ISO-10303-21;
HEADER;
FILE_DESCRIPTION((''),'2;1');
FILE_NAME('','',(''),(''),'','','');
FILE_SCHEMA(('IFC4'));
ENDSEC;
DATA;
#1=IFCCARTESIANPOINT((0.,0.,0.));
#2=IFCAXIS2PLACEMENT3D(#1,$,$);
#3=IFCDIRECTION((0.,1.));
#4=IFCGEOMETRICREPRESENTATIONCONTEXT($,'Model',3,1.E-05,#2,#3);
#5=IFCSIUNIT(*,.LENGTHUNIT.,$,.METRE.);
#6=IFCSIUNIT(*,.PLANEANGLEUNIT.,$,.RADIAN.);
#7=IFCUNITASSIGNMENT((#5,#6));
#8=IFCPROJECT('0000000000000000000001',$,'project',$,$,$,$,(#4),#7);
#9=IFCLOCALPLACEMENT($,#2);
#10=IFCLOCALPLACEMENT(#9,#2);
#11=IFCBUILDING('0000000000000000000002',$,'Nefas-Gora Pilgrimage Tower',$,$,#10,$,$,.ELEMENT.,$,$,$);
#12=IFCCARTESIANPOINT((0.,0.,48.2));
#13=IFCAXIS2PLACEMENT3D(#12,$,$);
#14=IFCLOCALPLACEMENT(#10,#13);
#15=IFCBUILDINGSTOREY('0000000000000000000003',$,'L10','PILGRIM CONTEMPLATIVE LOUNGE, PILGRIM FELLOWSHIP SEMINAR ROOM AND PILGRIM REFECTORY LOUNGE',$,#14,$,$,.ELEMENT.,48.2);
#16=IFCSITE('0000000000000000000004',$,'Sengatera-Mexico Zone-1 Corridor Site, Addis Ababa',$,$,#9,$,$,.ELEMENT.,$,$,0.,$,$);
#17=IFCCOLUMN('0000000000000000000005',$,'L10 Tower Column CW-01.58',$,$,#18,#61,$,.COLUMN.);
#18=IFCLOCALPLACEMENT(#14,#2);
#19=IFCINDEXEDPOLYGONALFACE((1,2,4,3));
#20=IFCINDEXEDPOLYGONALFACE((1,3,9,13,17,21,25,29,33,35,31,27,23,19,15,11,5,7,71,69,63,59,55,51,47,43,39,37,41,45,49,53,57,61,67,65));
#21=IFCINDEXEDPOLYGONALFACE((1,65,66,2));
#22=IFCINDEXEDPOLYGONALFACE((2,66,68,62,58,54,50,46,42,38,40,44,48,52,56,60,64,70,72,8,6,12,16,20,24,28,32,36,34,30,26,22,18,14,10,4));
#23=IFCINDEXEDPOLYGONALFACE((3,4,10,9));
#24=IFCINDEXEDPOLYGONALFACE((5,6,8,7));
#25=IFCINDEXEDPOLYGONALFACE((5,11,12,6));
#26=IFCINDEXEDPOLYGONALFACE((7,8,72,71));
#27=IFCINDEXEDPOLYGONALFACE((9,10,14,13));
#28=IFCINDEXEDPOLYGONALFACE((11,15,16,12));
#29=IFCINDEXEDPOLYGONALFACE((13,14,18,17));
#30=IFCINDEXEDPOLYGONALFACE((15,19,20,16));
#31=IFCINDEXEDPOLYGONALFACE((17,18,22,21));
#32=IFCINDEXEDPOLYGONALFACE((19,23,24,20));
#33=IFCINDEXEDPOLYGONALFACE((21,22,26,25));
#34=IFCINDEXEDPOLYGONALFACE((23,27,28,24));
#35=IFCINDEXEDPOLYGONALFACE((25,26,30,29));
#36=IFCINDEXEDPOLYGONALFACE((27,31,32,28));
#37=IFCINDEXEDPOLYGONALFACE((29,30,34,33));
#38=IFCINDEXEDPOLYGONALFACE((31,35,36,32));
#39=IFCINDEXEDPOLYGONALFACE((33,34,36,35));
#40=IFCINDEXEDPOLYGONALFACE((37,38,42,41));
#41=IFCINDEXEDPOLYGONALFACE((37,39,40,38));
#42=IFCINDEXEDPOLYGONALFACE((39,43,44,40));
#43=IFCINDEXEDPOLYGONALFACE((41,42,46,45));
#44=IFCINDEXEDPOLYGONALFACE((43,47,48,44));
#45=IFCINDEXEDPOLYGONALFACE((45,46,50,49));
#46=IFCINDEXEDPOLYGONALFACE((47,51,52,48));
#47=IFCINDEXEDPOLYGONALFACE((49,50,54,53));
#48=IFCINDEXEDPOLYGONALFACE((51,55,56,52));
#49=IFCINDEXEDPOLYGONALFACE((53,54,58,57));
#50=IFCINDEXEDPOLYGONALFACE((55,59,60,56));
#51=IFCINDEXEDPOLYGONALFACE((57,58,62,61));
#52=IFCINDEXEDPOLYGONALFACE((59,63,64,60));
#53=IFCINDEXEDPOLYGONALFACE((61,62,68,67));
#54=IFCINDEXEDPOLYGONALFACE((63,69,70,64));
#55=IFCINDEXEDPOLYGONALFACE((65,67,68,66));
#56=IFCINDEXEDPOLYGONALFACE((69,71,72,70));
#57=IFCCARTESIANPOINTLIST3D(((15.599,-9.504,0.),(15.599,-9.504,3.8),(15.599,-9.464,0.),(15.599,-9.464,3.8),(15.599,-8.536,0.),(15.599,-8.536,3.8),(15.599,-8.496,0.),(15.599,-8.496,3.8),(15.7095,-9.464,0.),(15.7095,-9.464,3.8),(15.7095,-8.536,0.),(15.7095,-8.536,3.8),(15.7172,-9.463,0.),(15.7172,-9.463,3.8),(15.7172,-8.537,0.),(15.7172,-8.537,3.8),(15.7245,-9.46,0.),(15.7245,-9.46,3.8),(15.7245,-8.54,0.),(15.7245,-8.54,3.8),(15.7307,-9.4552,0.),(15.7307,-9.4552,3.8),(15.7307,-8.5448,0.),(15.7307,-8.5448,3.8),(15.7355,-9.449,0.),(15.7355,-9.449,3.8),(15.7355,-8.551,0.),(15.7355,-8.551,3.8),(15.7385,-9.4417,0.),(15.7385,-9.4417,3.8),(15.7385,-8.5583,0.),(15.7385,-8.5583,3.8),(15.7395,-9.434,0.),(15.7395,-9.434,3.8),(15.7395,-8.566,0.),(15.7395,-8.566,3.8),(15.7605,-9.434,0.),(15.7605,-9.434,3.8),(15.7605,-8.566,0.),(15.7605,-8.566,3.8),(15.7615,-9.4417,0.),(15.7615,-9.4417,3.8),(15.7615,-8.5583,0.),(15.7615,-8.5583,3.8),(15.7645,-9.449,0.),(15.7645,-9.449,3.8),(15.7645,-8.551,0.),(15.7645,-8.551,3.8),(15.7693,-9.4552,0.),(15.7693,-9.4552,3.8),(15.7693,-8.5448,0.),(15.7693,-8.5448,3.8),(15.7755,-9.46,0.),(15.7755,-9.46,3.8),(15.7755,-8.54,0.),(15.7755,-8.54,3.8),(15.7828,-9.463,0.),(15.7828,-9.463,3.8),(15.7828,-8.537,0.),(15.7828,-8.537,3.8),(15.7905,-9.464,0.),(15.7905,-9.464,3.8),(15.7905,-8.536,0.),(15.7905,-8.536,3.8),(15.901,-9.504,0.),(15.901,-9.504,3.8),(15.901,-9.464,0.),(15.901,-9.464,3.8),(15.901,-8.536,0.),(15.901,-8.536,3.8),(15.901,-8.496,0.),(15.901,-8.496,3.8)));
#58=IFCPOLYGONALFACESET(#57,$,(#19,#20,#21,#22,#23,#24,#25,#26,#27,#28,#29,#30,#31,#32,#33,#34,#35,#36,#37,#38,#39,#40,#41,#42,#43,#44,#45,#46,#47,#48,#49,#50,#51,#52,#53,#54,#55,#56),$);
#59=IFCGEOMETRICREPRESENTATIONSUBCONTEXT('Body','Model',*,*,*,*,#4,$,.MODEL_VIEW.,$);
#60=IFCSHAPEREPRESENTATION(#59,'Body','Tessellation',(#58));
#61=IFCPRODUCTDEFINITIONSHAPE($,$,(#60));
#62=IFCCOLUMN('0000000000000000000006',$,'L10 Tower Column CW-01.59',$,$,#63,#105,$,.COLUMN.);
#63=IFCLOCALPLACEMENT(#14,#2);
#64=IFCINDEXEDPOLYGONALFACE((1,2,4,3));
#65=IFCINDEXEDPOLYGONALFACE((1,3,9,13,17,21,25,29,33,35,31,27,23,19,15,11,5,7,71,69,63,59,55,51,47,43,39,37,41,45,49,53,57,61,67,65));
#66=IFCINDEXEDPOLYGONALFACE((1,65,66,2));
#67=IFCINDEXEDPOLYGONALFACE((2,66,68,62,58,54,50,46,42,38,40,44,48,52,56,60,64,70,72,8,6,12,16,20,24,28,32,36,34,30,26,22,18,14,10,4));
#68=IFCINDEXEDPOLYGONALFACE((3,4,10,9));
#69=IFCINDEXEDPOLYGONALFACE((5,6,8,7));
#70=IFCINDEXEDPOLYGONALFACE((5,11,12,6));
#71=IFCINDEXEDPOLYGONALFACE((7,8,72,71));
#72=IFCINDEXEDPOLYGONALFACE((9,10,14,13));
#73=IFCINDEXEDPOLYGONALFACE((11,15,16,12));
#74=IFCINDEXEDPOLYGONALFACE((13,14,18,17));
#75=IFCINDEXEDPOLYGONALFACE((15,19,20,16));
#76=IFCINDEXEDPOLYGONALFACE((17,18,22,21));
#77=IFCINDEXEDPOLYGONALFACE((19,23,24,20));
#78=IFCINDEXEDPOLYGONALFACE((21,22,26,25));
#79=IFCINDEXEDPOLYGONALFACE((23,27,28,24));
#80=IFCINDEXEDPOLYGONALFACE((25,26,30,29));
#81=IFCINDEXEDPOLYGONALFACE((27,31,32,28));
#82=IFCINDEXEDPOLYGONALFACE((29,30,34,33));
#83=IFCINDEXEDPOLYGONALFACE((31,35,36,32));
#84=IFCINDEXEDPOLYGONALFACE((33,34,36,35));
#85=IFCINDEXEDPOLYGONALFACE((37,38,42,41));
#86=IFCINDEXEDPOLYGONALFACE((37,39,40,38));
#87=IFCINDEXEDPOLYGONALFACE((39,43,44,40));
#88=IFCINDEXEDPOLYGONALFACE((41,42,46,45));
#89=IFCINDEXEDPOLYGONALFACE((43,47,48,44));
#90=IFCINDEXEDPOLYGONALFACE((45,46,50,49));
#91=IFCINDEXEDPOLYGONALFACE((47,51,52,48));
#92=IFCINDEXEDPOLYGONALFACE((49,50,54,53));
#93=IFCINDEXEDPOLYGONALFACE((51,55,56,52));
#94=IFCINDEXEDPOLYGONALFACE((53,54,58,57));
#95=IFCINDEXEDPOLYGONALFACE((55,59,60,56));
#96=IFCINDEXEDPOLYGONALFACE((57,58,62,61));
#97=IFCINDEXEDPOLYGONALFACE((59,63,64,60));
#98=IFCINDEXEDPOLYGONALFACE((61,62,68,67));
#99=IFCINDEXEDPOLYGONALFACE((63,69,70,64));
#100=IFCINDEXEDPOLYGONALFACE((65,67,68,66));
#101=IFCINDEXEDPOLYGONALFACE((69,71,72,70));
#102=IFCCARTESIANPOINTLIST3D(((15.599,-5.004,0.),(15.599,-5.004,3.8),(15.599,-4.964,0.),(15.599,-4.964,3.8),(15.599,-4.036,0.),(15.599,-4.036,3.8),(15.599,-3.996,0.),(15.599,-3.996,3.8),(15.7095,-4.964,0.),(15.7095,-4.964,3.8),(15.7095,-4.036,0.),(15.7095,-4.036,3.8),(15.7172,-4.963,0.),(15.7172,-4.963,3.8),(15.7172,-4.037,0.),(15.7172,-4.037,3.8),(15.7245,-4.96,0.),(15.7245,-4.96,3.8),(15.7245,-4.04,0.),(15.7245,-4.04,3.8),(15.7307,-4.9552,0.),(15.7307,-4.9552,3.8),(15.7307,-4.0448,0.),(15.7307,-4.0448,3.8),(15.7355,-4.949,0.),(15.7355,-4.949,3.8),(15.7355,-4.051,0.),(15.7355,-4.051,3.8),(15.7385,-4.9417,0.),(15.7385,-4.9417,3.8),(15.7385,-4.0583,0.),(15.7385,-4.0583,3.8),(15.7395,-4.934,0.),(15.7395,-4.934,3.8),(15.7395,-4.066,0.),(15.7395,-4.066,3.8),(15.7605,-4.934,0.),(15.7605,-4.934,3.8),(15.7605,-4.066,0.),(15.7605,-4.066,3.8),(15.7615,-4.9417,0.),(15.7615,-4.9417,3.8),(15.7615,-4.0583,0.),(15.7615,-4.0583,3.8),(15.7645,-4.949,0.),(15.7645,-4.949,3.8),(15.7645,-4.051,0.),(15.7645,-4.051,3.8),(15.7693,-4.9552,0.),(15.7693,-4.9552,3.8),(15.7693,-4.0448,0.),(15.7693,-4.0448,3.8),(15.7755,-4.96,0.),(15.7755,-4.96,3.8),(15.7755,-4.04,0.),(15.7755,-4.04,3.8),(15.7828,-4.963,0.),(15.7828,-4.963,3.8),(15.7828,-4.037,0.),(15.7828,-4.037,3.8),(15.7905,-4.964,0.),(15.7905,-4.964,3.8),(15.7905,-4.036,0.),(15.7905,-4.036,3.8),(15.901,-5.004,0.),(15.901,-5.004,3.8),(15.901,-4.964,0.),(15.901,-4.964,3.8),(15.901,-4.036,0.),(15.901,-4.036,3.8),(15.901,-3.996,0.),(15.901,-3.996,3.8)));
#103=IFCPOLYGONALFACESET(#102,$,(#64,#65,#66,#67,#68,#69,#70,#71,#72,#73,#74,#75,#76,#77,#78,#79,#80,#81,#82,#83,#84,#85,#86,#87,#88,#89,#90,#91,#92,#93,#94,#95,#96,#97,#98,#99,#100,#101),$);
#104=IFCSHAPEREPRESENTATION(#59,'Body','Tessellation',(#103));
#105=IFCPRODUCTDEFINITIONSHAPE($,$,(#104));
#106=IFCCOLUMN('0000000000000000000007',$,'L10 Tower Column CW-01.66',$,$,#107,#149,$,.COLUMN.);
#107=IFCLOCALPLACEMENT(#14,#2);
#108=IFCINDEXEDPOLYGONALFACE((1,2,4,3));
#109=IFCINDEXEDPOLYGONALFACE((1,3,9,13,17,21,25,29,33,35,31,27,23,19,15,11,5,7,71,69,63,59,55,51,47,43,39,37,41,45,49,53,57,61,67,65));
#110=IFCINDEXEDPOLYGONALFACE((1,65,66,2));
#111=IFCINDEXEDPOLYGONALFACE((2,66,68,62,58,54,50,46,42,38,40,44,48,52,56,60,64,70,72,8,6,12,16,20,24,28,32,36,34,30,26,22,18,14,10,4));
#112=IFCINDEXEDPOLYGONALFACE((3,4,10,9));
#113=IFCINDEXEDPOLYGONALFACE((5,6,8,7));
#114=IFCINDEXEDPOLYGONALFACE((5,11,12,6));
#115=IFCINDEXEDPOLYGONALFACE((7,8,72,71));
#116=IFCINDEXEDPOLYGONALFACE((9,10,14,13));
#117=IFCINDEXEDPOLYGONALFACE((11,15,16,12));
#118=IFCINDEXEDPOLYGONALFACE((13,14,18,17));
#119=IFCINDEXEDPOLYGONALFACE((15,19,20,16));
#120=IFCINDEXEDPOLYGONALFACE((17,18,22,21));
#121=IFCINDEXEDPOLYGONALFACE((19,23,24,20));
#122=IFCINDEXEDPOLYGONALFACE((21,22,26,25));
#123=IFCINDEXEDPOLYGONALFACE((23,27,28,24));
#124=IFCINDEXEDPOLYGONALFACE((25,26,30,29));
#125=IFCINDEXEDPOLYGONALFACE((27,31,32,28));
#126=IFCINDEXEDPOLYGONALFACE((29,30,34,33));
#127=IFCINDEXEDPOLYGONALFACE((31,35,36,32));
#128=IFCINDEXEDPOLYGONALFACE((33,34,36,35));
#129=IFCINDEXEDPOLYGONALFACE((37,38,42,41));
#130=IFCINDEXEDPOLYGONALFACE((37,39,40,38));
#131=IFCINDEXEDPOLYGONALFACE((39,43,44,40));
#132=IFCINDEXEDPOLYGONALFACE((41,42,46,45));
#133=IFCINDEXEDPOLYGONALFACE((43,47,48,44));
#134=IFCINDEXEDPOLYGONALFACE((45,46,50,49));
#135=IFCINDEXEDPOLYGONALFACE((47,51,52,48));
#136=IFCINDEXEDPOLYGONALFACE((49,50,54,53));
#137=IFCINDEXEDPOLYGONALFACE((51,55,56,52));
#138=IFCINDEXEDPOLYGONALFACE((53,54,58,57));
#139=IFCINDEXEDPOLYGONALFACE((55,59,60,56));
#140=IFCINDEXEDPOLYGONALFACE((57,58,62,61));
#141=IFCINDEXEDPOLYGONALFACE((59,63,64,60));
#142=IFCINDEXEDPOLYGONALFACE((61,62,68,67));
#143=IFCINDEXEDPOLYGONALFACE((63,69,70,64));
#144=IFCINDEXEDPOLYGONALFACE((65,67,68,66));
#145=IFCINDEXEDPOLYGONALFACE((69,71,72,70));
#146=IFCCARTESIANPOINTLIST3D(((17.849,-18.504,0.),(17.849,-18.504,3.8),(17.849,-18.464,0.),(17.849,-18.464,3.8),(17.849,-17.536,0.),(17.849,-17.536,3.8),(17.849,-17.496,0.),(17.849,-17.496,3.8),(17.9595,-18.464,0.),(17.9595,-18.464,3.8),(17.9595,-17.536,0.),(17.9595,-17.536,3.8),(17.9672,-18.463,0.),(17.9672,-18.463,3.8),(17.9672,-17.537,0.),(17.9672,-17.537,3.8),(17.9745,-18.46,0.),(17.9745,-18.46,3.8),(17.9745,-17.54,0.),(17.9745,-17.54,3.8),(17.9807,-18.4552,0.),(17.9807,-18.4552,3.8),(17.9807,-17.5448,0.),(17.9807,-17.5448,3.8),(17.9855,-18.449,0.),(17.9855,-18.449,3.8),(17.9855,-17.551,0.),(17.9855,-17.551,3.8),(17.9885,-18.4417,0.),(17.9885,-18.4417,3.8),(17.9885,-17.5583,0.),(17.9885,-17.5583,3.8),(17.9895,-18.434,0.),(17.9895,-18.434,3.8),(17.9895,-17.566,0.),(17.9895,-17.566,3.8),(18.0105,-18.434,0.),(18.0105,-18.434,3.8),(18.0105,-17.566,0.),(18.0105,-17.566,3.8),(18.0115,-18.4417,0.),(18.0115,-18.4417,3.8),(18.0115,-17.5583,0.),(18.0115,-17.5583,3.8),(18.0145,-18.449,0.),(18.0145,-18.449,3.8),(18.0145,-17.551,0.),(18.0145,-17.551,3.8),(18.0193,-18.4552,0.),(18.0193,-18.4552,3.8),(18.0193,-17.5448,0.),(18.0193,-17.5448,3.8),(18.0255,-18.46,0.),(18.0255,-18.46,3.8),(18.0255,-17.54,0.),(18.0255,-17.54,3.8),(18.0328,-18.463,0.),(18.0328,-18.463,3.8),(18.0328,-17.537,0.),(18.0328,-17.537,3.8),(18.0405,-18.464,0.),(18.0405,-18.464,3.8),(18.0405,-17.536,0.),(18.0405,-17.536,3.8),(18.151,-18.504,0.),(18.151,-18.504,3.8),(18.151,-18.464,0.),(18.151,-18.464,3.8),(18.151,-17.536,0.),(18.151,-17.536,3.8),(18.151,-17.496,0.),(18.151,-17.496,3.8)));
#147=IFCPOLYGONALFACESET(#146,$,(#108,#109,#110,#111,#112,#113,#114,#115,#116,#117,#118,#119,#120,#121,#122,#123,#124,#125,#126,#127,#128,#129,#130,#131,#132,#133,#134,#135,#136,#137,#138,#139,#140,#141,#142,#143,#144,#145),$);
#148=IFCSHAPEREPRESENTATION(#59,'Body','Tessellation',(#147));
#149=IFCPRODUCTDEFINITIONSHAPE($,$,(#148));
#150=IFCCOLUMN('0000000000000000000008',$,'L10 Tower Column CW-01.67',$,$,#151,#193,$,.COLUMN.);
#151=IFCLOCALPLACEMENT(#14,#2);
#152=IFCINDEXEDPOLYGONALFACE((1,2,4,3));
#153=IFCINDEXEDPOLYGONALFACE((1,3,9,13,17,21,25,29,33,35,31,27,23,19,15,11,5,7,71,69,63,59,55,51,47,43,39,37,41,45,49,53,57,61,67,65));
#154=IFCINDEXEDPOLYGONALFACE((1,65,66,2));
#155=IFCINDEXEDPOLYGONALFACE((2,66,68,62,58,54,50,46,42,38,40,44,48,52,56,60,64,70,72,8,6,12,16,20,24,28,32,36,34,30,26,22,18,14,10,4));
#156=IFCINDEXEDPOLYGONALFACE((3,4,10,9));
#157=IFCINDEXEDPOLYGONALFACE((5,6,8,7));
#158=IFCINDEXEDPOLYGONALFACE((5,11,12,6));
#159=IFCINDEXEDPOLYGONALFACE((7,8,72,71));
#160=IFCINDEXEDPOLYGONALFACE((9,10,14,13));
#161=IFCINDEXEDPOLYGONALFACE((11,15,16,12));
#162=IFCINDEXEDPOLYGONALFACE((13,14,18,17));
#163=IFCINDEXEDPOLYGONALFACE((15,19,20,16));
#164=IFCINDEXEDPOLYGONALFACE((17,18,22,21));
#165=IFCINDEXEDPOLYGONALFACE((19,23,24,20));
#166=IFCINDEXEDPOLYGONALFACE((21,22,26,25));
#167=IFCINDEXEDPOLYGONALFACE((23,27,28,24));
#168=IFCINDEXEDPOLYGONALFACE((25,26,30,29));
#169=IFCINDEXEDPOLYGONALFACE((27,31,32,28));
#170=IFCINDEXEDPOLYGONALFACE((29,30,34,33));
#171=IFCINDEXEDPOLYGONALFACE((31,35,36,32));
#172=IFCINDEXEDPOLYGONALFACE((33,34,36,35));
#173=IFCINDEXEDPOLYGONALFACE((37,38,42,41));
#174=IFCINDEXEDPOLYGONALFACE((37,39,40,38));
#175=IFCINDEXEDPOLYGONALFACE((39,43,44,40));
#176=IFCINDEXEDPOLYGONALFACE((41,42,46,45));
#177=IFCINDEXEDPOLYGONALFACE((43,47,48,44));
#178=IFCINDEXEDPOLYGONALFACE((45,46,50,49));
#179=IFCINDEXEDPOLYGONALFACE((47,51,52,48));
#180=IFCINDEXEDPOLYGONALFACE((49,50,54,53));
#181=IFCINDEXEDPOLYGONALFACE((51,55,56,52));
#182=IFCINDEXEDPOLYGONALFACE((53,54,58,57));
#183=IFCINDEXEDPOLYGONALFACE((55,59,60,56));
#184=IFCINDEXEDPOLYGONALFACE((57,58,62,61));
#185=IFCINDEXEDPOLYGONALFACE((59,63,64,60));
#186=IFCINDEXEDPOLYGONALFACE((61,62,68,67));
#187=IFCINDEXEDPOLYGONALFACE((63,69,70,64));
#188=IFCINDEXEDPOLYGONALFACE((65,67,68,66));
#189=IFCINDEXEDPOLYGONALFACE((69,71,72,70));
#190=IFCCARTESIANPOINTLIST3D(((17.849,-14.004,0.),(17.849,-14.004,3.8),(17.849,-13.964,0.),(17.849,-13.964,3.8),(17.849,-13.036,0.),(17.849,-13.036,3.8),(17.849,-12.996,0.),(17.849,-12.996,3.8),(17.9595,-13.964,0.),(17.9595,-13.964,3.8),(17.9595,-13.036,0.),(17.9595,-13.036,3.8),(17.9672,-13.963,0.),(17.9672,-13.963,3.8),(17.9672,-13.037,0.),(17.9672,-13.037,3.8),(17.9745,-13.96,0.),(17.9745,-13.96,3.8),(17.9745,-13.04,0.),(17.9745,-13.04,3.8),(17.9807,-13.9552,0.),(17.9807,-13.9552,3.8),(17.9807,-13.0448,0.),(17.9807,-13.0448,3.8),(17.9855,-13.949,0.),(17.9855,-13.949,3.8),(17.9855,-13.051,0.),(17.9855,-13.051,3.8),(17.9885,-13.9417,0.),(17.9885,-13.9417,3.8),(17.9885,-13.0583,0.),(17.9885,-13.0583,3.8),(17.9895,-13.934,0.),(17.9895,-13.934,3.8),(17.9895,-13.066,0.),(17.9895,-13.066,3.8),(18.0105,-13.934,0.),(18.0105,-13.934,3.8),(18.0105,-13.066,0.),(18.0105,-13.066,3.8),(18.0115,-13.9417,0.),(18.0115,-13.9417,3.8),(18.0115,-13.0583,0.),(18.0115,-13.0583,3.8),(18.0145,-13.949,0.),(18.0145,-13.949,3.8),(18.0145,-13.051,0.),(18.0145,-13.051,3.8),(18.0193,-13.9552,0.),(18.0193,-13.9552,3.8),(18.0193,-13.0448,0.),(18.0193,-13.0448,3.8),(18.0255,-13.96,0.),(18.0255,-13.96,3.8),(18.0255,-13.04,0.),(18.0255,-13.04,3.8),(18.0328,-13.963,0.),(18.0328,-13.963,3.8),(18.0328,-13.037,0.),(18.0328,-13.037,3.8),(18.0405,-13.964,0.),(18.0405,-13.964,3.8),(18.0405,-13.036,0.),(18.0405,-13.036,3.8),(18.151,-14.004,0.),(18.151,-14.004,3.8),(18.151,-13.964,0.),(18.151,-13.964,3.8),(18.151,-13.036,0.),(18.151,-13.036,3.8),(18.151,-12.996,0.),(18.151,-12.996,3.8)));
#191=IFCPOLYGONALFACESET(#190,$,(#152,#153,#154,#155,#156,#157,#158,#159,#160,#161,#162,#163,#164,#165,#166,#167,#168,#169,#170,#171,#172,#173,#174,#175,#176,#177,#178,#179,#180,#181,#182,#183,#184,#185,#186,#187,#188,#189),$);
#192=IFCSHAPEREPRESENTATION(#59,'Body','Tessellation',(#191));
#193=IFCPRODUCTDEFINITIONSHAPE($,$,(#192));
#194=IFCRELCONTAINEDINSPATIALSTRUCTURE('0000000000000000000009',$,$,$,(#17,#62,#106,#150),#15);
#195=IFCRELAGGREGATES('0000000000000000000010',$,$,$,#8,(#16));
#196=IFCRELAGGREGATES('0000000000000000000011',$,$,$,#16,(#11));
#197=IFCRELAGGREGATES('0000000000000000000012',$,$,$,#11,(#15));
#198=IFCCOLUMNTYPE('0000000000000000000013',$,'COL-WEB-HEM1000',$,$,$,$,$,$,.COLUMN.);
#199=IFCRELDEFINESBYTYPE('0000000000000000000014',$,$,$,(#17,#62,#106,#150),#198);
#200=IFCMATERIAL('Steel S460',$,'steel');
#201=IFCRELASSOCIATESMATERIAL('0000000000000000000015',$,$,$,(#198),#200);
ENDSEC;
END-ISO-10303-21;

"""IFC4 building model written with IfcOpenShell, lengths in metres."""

from ifc_helpers import new_model, si_unit, direction, frame, origin, origin_2d, place, context, subcontext, project, spatial, i_section, extrude, source, transform, mapped, material, material_profile, profile_set, type_object, element, save


model = new_model("IFC4")

# Units and contexts
model_context = context("Model", 3, precision=1e-05, world=origin(), true_north=direction((0.0, 1.0)))
body_context = subcontext(model_context, "Body", "Model", "MODEL_VIEW")
ifc_project = project(units=[si_unit("LENGTHUNIT", "METRE"), si_unit("PLANEANGLEUNIT", "RADIAN")], contexts=[model_context])

# Site, building, storey
site_placement = place(None, origin())
site = spatial("IfcSite", under=ifc_project, at=site_placement, Name="Sengatera-Mexico Zone-1 Corridor Site, Addis Ababa", CompositionType="ELEMENT", RefElevation=0.0)
building_placement = place(site_placement, origin())
building = spatial("IfcBuilding", under=site, at=building_placement, Name="Nefas-Gora Pilgrimage Tower", CompositionType="ELEMENT")
storey_placement = place(building_placement, frame((0.0, 0.0, 48.2)))
storey = spatial("IfcBuildingStorey", under=building, at=storey_placement, Name="L10", Description="PILGRIM CONTEMPLATIVE LOUNGE, PILGRIM FELLOWSHIP SEMINAR ROOM AND PILGRIM REFECTORY LOUNGE", CompositionType="ELEMENT", Elevation=48.2)

# Columns
ifc_material_1 = material(Name="Steel S460", Category="steel")
ifc_material_profile_1 = material_profile(ifc_material_1, i_section(OverallWidth=0.302, OverallDepth=1.0081, WebThickness=0.021, FlangeThickness=0.04, FilletRadius=0.03, at=origin_2d()), Name="HEM 1000")
ifc_profile_set_1 = profile_set([ifc_material_profile_1], Name="Steel S460")
column_type_1 = type_object("IfcColumnType", Name="COL-WEB-HEM1000", PredefinedType="COLUMN", material=ifc_profile_set_1)
shared_shape_1 = source(origin(), body_context, "Body", "SweptSolid", [
    extrude(i_section(OverallWidth=0.302, OverallDepth=1.0081, WebThickness=0.021, FlangeThickness=0.04, FilletRadius=0.03, at=origin_2d()), origin(), (0.0, 0.0, 1.0), 3.8),
])
for number, where, z_axis, x_axis, name in (
    (1, (15.75, -9.0, 0.0), (0.0, 0.0, 1.0), (1.0, 0.0, 0.0), "L10 Tower Column CW-01.58"),
    (2, (15.75, -4.5, 0.0), (0.0, 0.0, 1.0), (1.0, 0.0, 0.0), "L10 Tower Column CW-01.59"),
    (3, (18.0, -18.0, 0.0), (0.0, 0.0, 1.0), (1.0, 0.0, 0.0), "L10 Tower Column CW-01.66"),
    (4, (18.0, -13.5, 0.0), (0.0, 0.0, 1.0), (1.0, 0.0, 0.0), "L10 Tower Column CW-01.67"),
):
    element("IfcColumn", number, at=place(storey_placement, frame(where, z_axis=z_axis, x_axis=x_axis)), inside=storey, type_object=column_type_1, Name=name, PredefinedType="COLUMN", context=body_context, shape_type="MappedRepresentation", body=[
        mapped(shared_shape_1, transform((0.0, 0.0, 0.0), x_axis=(1.0, 0.0, 0.0), y_axis=(0.0, 1.0, 0.0), z_axis=(0.0, 0.0, 1.0), scale=1.0)),
    ])

save(model, "model.ifc")
